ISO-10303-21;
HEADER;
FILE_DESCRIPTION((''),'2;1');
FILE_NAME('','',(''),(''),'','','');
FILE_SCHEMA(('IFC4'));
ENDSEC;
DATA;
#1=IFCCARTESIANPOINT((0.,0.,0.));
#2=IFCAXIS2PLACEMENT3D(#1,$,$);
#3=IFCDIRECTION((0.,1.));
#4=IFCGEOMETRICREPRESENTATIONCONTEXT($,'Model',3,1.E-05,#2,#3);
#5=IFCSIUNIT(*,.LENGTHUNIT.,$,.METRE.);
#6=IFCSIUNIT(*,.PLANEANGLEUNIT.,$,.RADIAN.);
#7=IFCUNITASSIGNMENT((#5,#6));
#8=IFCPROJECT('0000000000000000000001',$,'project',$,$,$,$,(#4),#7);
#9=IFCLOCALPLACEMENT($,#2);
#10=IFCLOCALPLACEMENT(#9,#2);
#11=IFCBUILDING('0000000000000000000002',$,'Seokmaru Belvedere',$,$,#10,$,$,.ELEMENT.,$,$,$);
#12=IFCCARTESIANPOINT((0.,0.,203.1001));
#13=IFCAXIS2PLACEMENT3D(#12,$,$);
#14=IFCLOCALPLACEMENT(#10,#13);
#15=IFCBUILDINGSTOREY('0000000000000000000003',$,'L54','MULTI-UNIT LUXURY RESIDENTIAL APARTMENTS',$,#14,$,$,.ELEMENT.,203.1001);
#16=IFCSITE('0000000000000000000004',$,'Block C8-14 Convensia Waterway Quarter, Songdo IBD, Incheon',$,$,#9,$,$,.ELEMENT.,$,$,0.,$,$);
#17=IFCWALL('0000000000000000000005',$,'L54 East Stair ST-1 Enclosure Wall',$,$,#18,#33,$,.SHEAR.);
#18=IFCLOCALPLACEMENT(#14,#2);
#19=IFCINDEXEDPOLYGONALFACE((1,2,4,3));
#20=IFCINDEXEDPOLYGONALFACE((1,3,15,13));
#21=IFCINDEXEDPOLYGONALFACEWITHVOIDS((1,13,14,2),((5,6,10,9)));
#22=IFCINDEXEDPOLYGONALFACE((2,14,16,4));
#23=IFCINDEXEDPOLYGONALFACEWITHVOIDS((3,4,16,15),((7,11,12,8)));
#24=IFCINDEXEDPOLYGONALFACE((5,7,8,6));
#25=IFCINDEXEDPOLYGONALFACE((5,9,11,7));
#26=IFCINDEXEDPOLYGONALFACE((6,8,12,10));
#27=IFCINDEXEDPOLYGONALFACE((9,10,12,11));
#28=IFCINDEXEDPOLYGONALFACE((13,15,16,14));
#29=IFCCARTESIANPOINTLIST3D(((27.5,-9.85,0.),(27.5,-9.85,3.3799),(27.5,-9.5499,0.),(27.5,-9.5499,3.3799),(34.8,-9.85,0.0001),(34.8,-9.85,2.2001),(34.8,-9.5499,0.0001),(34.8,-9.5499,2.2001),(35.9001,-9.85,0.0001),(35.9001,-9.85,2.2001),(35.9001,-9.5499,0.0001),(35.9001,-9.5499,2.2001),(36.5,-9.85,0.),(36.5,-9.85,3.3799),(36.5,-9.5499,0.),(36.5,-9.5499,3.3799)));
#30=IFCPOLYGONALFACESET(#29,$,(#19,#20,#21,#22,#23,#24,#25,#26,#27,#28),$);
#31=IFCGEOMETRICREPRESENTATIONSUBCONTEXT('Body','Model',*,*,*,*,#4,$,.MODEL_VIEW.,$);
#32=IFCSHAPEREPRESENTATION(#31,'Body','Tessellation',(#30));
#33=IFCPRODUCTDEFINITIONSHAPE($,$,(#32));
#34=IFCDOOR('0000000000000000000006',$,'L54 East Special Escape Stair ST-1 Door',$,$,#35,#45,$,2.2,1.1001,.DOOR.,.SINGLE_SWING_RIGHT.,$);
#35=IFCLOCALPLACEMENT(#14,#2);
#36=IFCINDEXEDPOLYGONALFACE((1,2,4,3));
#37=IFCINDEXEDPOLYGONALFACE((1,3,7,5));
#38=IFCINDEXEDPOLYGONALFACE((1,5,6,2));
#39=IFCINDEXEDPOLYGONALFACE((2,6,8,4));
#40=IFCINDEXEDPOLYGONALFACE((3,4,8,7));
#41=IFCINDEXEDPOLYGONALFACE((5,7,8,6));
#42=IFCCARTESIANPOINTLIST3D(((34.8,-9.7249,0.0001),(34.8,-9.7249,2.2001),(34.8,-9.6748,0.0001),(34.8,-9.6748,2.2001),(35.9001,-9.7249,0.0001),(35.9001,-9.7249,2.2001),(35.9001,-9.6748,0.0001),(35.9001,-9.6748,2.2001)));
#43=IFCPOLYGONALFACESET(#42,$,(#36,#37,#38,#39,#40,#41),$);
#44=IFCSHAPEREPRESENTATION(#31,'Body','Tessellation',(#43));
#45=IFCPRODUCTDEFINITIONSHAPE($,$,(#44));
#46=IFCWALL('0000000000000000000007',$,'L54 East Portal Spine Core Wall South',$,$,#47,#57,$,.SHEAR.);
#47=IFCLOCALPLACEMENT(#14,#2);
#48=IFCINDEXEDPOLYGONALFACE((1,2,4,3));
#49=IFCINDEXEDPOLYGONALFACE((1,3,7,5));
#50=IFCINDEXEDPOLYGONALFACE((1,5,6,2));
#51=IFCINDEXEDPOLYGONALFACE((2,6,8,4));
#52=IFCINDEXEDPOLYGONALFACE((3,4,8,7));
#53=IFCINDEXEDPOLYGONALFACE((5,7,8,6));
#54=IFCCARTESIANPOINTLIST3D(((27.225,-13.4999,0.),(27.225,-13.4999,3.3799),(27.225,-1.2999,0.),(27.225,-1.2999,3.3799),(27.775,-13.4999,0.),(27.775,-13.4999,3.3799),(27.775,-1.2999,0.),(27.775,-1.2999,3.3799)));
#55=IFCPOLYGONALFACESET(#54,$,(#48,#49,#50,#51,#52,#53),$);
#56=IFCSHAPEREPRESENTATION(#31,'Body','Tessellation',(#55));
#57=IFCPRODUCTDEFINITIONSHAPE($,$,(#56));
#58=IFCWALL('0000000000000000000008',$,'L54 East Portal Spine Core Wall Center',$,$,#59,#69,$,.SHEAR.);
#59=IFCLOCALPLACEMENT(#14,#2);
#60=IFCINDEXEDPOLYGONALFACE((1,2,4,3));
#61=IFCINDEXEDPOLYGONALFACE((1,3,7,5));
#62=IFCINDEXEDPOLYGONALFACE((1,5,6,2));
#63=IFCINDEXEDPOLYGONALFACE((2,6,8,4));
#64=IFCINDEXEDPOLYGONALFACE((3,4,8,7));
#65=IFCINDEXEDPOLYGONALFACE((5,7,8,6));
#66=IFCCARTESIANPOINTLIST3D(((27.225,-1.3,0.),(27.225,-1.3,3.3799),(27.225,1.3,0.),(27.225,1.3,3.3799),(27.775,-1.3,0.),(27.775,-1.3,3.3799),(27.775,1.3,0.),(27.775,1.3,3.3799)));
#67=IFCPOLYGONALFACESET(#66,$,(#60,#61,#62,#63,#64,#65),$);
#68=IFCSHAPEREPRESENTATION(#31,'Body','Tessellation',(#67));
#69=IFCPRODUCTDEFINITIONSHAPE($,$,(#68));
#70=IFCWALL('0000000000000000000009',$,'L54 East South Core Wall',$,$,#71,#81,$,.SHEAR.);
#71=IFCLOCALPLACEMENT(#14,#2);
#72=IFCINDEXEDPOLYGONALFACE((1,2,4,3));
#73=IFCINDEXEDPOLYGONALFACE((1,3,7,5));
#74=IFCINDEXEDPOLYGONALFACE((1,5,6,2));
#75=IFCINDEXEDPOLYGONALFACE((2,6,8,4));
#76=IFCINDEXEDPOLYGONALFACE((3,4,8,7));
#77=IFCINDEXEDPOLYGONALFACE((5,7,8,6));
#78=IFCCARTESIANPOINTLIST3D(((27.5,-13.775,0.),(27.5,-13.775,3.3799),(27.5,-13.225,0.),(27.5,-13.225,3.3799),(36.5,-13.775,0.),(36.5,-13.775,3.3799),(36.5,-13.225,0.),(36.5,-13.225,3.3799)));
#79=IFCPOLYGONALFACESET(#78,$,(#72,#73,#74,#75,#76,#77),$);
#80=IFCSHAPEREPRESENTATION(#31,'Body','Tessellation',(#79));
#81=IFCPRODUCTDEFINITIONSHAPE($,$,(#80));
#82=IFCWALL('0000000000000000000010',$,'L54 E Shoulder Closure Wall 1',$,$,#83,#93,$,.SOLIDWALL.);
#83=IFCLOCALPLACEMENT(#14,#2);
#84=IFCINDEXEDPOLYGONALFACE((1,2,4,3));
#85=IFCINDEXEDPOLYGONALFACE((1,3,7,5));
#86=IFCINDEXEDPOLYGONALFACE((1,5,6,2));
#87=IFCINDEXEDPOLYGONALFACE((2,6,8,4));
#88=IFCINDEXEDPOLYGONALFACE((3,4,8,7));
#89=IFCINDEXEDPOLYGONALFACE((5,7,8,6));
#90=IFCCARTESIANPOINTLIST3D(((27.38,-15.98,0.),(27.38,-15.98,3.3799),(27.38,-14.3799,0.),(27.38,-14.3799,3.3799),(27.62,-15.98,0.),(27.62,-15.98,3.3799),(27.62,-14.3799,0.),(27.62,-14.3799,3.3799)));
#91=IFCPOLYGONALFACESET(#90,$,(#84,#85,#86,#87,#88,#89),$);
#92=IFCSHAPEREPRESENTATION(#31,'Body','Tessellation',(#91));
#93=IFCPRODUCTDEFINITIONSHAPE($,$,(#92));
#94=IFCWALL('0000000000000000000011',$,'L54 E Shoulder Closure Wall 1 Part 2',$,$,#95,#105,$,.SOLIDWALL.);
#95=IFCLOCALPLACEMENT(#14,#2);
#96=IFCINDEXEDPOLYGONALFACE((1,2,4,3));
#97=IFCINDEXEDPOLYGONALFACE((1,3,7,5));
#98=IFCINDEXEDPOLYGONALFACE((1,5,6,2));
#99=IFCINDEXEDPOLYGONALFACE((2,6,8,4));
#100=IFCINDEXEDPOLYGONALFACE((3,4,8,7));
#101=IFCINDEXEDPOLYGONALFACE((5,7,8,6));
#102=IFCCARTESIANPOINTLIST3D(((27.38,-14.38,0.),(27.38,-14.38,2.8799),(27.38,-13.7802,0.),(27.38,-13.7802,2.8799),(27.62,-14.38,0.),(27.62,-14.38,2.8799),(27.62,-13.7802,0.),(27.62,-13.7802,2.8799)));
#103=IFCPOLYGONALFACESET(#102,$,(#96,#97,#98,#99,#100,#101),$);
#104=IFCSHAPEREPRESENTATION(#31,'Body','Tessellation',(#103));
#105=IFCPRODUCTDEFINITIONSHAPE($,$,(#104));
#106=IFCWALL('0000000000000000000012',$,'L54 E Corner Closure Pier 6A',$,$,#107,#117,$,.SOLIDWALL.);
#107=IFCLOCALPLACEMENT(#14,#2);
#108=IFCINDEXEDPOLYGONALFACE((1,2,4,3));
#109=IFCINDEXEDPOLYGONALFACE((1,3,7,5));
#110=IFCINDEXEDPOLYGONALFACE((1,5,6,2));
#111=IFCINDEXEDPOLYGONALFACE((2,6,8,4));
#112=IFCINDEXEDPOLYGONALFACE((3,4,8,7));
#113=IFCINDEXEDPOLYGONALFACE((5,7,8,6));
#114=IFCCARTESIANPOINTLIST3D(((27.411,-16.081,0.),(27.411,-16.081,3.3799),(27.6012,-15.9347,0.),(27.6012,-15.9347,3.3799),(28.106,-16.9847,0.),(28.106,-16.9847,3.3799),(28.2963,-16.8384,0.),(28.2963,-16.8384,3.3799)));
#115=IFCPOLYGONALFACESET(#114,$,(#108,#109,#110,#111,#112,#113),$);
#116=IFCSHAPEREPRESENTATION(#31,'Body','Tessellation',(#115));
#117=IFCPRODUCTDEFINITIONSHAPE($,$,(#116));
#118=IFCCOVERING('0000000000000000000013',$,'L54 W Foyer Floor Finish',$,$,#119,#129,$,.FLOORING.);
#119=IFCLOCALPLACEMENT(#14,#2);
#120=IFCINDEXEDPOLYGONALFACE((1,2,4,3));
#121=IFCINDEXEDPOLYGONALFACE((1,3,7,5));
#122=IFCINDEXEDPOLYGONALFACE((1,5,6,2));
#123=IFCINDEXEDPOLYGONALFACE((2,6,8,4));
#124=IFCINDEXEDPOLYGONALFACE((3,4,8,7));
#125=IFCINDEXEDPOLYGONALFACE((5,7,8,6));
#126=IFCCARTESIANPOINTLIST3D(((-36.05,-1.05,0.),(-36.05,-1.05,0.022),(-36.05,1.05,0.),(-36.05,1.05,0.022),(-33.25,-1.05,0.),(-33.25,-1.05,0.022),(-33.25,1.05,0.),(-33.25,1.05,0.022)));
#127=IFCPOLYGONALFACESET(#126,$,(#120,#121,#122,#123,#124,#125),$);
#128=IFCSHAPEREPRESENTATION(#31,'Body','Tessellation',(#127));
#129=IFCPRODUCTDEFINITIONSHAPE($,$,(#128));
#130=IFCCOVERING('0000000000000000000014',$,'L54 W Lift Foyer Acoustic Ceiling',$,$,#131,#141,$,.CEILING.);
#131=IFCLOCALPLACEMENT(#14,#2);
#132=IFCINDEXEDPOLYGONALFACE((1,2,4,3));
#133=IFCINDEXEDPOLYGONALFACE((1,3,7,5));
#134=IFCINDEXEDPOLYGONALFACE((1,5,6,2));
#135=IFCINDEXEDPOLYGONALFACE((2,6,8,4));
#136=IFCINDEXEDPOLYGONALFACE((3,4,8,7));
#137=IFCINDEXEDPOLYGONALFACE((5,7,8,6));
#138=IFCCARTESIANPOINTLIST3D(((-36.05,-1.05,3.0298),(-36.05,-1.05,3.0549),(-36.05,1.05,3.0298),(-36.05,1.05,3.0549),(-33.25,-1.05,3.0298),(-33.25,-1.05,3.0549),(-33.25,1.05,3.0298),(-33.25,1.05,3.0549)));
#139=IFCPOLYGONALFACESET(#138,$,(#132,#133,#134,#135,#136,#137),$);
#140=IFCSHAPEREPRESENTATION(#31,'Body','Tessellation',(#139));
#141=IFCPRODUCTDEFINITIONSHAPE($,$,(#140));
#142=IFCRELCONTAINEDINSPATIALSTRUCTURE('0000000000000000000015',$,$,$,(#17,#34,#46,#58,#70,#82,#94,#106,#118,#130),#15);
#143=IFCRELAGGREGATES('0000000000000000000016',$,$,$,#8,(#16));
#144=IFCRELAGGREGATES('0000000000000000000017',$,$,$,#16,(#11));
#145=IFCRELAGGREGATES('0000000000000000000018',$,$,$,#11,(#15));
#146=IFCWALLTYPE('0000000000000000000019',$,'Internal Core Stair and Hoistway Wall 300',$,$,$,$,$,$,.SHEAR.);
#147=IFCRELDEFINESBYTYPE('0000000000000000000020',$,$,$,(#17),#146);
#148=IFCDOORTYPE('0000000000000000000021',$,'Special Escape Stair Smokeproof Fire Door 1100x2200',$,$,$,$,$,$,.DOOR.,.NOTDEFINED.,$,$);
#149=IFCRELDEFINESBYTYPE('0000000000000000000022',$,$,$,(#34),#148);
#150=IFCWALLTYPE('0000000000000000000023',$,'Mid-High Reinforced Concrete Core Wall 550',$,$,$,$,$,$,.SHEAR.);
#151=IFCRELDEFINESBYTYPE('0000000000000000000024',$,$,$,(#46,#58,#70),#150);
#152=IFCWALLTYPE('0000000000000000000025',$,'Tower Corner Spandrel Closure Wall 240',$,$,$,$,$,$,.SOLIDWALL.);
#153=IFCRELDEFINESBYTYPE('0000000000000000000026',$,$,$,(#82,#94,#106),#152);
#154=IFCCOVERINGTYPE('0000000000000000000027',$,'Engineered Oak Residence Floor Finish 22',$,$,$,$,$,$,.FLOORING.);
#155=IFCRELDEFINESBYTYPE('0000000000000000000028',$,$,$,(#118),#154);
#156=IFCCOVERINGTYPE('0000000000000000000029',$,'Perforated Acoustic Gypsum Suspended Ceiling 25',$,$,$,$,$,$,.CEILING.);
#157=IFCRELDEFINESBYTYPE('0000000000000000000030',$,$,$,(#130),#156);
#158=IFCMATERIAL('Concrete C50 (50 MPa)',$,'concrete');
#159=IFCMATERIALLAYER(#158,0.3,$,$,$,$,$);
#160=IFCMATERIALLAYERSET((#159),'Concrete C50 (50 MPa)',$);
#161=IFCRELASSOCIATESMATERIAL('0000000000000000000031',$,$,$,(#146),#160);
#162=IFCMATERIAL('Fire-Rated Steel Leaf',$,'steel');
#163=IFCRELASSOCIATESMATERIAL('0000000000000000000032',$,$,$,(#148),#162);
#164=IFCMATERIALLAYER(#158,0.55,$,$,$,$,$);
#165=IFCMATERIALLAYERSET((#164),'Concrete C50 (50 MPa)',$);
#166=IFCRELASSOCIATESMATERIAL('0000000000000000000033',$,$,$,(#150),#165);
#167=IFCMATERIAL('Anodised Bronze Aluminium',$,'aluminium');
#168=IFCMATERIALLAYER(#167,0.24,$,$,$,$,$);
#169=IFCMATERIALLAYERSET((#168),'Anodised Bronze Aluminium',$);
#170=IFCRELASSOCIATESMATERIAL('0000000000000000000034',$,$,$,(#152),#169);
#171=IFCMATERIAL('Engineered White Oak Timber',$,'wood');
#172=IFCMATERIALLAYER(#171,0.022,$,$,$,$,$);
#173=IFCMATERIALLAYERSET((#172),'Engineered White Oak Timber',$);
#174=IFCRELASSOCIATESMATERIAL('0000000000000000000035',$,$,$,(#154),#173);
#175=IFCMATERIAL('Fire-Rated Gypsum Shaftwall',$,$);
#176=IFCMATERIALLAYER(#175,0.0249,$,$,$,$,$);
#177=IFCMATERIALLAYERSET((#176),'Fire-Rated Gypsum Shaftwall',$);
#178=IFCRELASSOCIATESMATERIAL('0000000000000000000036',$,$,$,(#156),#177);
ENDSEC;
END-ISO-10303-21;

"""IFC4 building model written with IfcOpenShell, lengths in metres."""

from ifc_helpers import new_model, si_unit, direction, frame, frame_2d, origin, place, context, subcontext, project, spatial, polyline, rectangle, outline, extrude, source, transform, mapped, material, layer, layer_set, type_object, type_shapes, element, fill, save


model = new_model("IFC4")

# Units and contexts
model_context = context("Model", 3, precision=1e-05, world=origin(), true_north=direction((0.0, 1.0)))
body_context = subcontext(model_context, "Body", "Model", "MODEL_VIEW")
ifc_project = project(units=[si_unit("LENGTHUNIT", "METRE"), si_unit("PLANEANGLEUNIT", "RADIAN")], contexts=[model_context])

# Site, building, storey
site_placement = place(None, origin())
site = spatial("IfcSite", under=ifc_project, at=site_placement, Name="Block C8-14 Convensia Waterway Quarter, Songdo IBD, Incheon", CompositionType="ELEMENT", RefElevation=0.0)
building_placement = place(site_placement, origin())
building = spatial("IfcBuilding", under=site, at=building_placement, Name="Seokmaru Belvedere", CompositionType="ELEMENT")
storey_placement = place(building_placement, frame((0.0, 0.0, 203.1001)))
storey = spatial("IfcBuildingStorey", under=building, at=storey_placement, Name="L54", Description="MULTI-UNIT LUXURY RESIDENTIAL APARTMENTS", CompositionType="ELEMENT", Elevation=203.1001)

# Shared definitions
ifc_material_1 = material(Name="Anodised Bronze Aluminium", Category="aluminium")

# Shared definitions
ifc_material_2 = material(Name="Fire-Rated Gypsum Shaftwall")
ifc_material_3 = material(Name="Fire-Rated Steel Leaf", Category="steel")

# Shared definitions
ifc_material_4 = material(Name="Concrete C50 (50 MPa)", Category="concrete")

# Wall, opening, door
ifc_layer_1 = layer(ifc_material_4, 0.3)
ifc_layer_set_1 = layer_set([ifc_layer_1], Name="Concrete C50 (50 MPa)")
wall_type_1 = type_object("IfcWallType", Name="Internal Core Stair and Hoistway Wall 300", PredefinedType="SHEAR", material=ifc_layer_set_1)
wall_1_placement = place(storey_placement, frame((27.5, -9.7, 0.0), z_axis=(0.0, 0.0, 1.0), x_axis=(1.0, 0.0, 0.0)))
wall_1 = element("IfcWall", 1, at=wall_1_placement, inside=storey, type_object=wall_type_1, Name="L54 East Stair ST-1 Enclosure Wall", PredefinedType="SHEAR", context=body_context, shape_type="SweptSolid", body=[
    extrude(rectangle(XDim=9.0, YDim=0.3, at=frame_2d((4.5, 0.0))), origin(), (0.0, 0.0, 1.0), 3.3799),
])
opening_1_placement = place(wall_1_placement, frame((7.3, 0.0, 0.0)))
opening_1 = element("IfcOpeningElement", 2, at=opening_1_placement, cuts=wall_1, PredefinedType="OPENING", context=body_context, shape_type="SweptSolid", body=[
    extrude(rectangle(XDim=1.1001, YDim=2.2, at=frame_2d((0.55, 1.1001))), frame((0.0, 0.1602, 0.0), z_axis=(0.0, -1.0, 0.0), x_axis=(1.0, 0.0, 0.0)), (0.0, 0.0, 1.0), 0.3201),
])
door_type_1 = type_object("IfcDoorType", Name="Special Escape Stair Smokeproof Fire Door 1100x2200", OperationType="NOTDEFINED", PredefinedType="DOOR", material=ifc_material_3)
shared_shape_1 = source(origin(), body_context, "Body", "SweptSolid", [
    extrude(rectangle(XDim=1.1001, YDim=2.2, at=frame_2d((0.55, 1.1001))), frame((0.0, 0.0249, 0.0), z_axis=(0.0, -1.0, 0.0), x_axis=(1.0, 0.0, 0.0)), (0.0, 0.0, 1.0), 0.05),
])
type_shapes(door_type_1, [shared_shape_1])
door_1_placement = place(opening_1_placement, frame((1.1001, 0.0, 0.0), z_axis=(0.0, 0.0, 1.0), x_axis=(-1.0, 0.0, 0.0)))
door_1 = element("IfcDoor", 3, at=door_1_placement, inside=storey, type_object=door_type_1, Name="L54 East Special Escape Stair ST-1 Door", OperationType="SINGLE_SWING_RIGHT", OverallHeight=2.2, OverallWidth=1.1001, PredefinedType="DOOR", context=body_context, shape_type="MappedRepresentation", body=[
    mapped(shared_shape_1, transform((0.0, 0.0, 0.0), scale=1.0)),
])
fill(opening_1, door_1)

# Walls
ifc_layer_2 = layer(ifc_material_4, 0.55)
ifc_layer_set_2 = layer_set([ifc_layer_2], Name="Concrete C50 (50 MPa)")
wall_type_2 = type_object("IfcWallType", Name="Mid-High Reinforced Concrete Core Wall 550", PredefinedType="SHEAR", material=ifc_layer_set_2)
wall_2_placement = place(storey_placement, frame((27.5, -13.5, 0.0), z_axis=(0.0, 0.0, 1.0), x_axis=(0.0, 1.0, 0.0)))
element("IfcWall", 4, at=wall_2_placement, inside=storey, type_object=wall_type_2, Name="L54 East Portal Spine Core Wall South", PredefinedType="SHEAR", context=body_context, shape_type="SweptSolid", body=[
    extrude(rectangle(XDim=12.2, YDim=0.55, at=frame_2d((6.1001, 0.0))), origin(), (0.0, 0.0, 1.0), 3.3799),
])
wall_3_placement = place(storey_placement, frame((27.5, -1.3, 0.0), z_axis=(0.0, 0.0, 1.0), x_axis=(0.0, 1.0, 0.0)))
element("IfcWall", 5, at=wall_3_placement, inside=storey, type_object=wall_type_2, Name="L54 East Portal Spine Core Wall Center", PredefinedType="SHEAR", context=body_context, shape_type="SweptSolid", body=[
    extrude(rectangle(XDim=2.6001, YDim=0.55, at=frame_2d((1.3, 0.0))), origin(), (0.0, 0.0, 1.0), 3.3799),
])
wall_4_placement = place(storey_placement, frame((27.5, -13.5, 0.0), z_axis=(0.0, 0.0, 1.0), x_axis=(1.0, 0.0, 0.0)))
element("IfcWall", 6, at=wall_4_placement, inside=storey, type_object=wall_type_2, Name="L54 East South Core Wall", PredefinedType="SHEAR", context=body_context, shape_type="SweptSolid", body=[
    extrude(rectangle(XDim=9.0, YDim=0.55, at=frame_2d((4.5, 0.0))), origin(), (0.0, 0.0, 1.0), 3.3799),
])
ifc_layer_3 = layer(ifc_material_1, 0.24)
ifc_layer_set_3 = layer_set([ifc_layer_3], Name="Anodised Bronze Aluminium")
wall_type_3 = type_object("IfcWallType", Name="Tower Corner Spandrel Closure Wall 240", PredefinedType="SOLIDWALL", material=ifc_layer_set_3)
wall_5_placement = place(storey_placement, frame((27.5, -15.98, 0.0), z_axis=(0.0, 0.0, 1.0), x_axis=(0.0, 1.0, 0.0)))
element("IfcWall", 7, at=wall_5_placement, inside=storey, type_object=wall_type_3, Name="L54 E Shoulder Closure Wall 1", PredefinedType="SOLIDWALL", context=body_context, shape_type="SweptSolid", body=[
    extrude(rectangle(XDim=1.6001, YDim=0.24, at=frame_2d((0.8, 0.0))), origin(), (0.0, 0.0, 1.0), 3.3799),
])
wall_6_placement = place(storey_placement, frame((27.5, -14.3799, 0.0), z_axis=(0.0, 0.0, 1.0), x_axis=(0.0, 1.0, 0.0)))
element("IfcWall", 8, at=wall_6_placement, inside=storey, type_object=wall_type_3, Name="L54 E Shoulder Closure Wall 1 Part 2", PredefinedType="SOLIDWALL", context=body_context, shape_type="SweptSolid", body=[
    extrude(rectangle(XDim=0.5999, YDim=0.24, at=frame_2d((0.2998, 0.0))), origin(), (0.0, 0.0, 1.0), 2.8799),
])
wall_7_placement = place(storey_placement, frame((27.5061, -16.0078, 0.0), z_axis=(0.0, 0.0, 1.0), x_axis=(0.609618, -0.792696, 0.0)))
element("IfcWall", 9, at=wall_7_placement, inside=storey, type_object=wall_type_3, Name="L54 E Corner Closure Pier 6A", PredefinedType="SOLIDWALL", context=body_context, shape_type="SweptSolid", body=[
    extrude(rectangle(XDim=1.1401, YDim=0.24, at=frame_2d((0.5701, 0.0))), origin(), (0.0, 0.0, 1.0), 3.3799),
])

# Coverings
ifc_material_5 = material(Name="Engineered White Oak Timber", Category="wood")
ifc_layer_4 = layer(ifc_material_5, 0.022)
ifc_layer_set_4 = layer_set([ifc_layer_4], Name="Engineered White Oak Timber")
covering_type_1 = type_object("IfcCoveringType", Name="Engineered Oak Residence Floor Finish 22", PredefinedType="FLOORING", material=ifc_layer_set_4)
covering_1_placement = place(storey_placement, origin())
element("IfcCovering", 10, at=covering_1_placement, inside=storey, type_object=covering_type_1, Name="L54 W Foyer Floor Finish", PredefinedType="FLOORING", context=body_context, shape_type="SweptSolid", body=[
    extrude(outline(polyline([(-36.05, -1.05), (-33.25, -1.05), (-33.25, 1.05), (-36.05, 1.05), (-36.05, -1.05)])), origin(), (0.0, 0.0, 1.0), 0.022),
])
ifc_layer_5 = layer(ifc_material_2, 0.0249)
ifc_layer_set_5 = layer_set([ifc_layer_5], Name="Fire-Rated Gypsum Shaftwall")
covering_type_2 = type_object("IfcCoveringType", Name="Perforated Acoustic Gypsum Suspended Ceiling 25", PredefinedType="CEILING", material=ifc_layer_set_5)
covering_2_placement = place(storey_placement, frame((0.0, 0.0, 3.0298)))
element("IfcCovering", 11, at=covering_2_placement, inside=storey, type_object=covering_type_2, Name="L54 W Lift Foyer Acoustic Ceiling", PredefinedType="CEILING", context=body_context, shape_type="SweptSolid", body=[
    extrude(outline(polyline([(-36.05, -1.05), (-33.25, -1.05), (-33.25, 1.05), (-36.05, 1.05), (-36.05, -1.05)])), origin(), (0.0, 0.0, 1.0), 0.0251),
])

save(model, "model.ifc")
